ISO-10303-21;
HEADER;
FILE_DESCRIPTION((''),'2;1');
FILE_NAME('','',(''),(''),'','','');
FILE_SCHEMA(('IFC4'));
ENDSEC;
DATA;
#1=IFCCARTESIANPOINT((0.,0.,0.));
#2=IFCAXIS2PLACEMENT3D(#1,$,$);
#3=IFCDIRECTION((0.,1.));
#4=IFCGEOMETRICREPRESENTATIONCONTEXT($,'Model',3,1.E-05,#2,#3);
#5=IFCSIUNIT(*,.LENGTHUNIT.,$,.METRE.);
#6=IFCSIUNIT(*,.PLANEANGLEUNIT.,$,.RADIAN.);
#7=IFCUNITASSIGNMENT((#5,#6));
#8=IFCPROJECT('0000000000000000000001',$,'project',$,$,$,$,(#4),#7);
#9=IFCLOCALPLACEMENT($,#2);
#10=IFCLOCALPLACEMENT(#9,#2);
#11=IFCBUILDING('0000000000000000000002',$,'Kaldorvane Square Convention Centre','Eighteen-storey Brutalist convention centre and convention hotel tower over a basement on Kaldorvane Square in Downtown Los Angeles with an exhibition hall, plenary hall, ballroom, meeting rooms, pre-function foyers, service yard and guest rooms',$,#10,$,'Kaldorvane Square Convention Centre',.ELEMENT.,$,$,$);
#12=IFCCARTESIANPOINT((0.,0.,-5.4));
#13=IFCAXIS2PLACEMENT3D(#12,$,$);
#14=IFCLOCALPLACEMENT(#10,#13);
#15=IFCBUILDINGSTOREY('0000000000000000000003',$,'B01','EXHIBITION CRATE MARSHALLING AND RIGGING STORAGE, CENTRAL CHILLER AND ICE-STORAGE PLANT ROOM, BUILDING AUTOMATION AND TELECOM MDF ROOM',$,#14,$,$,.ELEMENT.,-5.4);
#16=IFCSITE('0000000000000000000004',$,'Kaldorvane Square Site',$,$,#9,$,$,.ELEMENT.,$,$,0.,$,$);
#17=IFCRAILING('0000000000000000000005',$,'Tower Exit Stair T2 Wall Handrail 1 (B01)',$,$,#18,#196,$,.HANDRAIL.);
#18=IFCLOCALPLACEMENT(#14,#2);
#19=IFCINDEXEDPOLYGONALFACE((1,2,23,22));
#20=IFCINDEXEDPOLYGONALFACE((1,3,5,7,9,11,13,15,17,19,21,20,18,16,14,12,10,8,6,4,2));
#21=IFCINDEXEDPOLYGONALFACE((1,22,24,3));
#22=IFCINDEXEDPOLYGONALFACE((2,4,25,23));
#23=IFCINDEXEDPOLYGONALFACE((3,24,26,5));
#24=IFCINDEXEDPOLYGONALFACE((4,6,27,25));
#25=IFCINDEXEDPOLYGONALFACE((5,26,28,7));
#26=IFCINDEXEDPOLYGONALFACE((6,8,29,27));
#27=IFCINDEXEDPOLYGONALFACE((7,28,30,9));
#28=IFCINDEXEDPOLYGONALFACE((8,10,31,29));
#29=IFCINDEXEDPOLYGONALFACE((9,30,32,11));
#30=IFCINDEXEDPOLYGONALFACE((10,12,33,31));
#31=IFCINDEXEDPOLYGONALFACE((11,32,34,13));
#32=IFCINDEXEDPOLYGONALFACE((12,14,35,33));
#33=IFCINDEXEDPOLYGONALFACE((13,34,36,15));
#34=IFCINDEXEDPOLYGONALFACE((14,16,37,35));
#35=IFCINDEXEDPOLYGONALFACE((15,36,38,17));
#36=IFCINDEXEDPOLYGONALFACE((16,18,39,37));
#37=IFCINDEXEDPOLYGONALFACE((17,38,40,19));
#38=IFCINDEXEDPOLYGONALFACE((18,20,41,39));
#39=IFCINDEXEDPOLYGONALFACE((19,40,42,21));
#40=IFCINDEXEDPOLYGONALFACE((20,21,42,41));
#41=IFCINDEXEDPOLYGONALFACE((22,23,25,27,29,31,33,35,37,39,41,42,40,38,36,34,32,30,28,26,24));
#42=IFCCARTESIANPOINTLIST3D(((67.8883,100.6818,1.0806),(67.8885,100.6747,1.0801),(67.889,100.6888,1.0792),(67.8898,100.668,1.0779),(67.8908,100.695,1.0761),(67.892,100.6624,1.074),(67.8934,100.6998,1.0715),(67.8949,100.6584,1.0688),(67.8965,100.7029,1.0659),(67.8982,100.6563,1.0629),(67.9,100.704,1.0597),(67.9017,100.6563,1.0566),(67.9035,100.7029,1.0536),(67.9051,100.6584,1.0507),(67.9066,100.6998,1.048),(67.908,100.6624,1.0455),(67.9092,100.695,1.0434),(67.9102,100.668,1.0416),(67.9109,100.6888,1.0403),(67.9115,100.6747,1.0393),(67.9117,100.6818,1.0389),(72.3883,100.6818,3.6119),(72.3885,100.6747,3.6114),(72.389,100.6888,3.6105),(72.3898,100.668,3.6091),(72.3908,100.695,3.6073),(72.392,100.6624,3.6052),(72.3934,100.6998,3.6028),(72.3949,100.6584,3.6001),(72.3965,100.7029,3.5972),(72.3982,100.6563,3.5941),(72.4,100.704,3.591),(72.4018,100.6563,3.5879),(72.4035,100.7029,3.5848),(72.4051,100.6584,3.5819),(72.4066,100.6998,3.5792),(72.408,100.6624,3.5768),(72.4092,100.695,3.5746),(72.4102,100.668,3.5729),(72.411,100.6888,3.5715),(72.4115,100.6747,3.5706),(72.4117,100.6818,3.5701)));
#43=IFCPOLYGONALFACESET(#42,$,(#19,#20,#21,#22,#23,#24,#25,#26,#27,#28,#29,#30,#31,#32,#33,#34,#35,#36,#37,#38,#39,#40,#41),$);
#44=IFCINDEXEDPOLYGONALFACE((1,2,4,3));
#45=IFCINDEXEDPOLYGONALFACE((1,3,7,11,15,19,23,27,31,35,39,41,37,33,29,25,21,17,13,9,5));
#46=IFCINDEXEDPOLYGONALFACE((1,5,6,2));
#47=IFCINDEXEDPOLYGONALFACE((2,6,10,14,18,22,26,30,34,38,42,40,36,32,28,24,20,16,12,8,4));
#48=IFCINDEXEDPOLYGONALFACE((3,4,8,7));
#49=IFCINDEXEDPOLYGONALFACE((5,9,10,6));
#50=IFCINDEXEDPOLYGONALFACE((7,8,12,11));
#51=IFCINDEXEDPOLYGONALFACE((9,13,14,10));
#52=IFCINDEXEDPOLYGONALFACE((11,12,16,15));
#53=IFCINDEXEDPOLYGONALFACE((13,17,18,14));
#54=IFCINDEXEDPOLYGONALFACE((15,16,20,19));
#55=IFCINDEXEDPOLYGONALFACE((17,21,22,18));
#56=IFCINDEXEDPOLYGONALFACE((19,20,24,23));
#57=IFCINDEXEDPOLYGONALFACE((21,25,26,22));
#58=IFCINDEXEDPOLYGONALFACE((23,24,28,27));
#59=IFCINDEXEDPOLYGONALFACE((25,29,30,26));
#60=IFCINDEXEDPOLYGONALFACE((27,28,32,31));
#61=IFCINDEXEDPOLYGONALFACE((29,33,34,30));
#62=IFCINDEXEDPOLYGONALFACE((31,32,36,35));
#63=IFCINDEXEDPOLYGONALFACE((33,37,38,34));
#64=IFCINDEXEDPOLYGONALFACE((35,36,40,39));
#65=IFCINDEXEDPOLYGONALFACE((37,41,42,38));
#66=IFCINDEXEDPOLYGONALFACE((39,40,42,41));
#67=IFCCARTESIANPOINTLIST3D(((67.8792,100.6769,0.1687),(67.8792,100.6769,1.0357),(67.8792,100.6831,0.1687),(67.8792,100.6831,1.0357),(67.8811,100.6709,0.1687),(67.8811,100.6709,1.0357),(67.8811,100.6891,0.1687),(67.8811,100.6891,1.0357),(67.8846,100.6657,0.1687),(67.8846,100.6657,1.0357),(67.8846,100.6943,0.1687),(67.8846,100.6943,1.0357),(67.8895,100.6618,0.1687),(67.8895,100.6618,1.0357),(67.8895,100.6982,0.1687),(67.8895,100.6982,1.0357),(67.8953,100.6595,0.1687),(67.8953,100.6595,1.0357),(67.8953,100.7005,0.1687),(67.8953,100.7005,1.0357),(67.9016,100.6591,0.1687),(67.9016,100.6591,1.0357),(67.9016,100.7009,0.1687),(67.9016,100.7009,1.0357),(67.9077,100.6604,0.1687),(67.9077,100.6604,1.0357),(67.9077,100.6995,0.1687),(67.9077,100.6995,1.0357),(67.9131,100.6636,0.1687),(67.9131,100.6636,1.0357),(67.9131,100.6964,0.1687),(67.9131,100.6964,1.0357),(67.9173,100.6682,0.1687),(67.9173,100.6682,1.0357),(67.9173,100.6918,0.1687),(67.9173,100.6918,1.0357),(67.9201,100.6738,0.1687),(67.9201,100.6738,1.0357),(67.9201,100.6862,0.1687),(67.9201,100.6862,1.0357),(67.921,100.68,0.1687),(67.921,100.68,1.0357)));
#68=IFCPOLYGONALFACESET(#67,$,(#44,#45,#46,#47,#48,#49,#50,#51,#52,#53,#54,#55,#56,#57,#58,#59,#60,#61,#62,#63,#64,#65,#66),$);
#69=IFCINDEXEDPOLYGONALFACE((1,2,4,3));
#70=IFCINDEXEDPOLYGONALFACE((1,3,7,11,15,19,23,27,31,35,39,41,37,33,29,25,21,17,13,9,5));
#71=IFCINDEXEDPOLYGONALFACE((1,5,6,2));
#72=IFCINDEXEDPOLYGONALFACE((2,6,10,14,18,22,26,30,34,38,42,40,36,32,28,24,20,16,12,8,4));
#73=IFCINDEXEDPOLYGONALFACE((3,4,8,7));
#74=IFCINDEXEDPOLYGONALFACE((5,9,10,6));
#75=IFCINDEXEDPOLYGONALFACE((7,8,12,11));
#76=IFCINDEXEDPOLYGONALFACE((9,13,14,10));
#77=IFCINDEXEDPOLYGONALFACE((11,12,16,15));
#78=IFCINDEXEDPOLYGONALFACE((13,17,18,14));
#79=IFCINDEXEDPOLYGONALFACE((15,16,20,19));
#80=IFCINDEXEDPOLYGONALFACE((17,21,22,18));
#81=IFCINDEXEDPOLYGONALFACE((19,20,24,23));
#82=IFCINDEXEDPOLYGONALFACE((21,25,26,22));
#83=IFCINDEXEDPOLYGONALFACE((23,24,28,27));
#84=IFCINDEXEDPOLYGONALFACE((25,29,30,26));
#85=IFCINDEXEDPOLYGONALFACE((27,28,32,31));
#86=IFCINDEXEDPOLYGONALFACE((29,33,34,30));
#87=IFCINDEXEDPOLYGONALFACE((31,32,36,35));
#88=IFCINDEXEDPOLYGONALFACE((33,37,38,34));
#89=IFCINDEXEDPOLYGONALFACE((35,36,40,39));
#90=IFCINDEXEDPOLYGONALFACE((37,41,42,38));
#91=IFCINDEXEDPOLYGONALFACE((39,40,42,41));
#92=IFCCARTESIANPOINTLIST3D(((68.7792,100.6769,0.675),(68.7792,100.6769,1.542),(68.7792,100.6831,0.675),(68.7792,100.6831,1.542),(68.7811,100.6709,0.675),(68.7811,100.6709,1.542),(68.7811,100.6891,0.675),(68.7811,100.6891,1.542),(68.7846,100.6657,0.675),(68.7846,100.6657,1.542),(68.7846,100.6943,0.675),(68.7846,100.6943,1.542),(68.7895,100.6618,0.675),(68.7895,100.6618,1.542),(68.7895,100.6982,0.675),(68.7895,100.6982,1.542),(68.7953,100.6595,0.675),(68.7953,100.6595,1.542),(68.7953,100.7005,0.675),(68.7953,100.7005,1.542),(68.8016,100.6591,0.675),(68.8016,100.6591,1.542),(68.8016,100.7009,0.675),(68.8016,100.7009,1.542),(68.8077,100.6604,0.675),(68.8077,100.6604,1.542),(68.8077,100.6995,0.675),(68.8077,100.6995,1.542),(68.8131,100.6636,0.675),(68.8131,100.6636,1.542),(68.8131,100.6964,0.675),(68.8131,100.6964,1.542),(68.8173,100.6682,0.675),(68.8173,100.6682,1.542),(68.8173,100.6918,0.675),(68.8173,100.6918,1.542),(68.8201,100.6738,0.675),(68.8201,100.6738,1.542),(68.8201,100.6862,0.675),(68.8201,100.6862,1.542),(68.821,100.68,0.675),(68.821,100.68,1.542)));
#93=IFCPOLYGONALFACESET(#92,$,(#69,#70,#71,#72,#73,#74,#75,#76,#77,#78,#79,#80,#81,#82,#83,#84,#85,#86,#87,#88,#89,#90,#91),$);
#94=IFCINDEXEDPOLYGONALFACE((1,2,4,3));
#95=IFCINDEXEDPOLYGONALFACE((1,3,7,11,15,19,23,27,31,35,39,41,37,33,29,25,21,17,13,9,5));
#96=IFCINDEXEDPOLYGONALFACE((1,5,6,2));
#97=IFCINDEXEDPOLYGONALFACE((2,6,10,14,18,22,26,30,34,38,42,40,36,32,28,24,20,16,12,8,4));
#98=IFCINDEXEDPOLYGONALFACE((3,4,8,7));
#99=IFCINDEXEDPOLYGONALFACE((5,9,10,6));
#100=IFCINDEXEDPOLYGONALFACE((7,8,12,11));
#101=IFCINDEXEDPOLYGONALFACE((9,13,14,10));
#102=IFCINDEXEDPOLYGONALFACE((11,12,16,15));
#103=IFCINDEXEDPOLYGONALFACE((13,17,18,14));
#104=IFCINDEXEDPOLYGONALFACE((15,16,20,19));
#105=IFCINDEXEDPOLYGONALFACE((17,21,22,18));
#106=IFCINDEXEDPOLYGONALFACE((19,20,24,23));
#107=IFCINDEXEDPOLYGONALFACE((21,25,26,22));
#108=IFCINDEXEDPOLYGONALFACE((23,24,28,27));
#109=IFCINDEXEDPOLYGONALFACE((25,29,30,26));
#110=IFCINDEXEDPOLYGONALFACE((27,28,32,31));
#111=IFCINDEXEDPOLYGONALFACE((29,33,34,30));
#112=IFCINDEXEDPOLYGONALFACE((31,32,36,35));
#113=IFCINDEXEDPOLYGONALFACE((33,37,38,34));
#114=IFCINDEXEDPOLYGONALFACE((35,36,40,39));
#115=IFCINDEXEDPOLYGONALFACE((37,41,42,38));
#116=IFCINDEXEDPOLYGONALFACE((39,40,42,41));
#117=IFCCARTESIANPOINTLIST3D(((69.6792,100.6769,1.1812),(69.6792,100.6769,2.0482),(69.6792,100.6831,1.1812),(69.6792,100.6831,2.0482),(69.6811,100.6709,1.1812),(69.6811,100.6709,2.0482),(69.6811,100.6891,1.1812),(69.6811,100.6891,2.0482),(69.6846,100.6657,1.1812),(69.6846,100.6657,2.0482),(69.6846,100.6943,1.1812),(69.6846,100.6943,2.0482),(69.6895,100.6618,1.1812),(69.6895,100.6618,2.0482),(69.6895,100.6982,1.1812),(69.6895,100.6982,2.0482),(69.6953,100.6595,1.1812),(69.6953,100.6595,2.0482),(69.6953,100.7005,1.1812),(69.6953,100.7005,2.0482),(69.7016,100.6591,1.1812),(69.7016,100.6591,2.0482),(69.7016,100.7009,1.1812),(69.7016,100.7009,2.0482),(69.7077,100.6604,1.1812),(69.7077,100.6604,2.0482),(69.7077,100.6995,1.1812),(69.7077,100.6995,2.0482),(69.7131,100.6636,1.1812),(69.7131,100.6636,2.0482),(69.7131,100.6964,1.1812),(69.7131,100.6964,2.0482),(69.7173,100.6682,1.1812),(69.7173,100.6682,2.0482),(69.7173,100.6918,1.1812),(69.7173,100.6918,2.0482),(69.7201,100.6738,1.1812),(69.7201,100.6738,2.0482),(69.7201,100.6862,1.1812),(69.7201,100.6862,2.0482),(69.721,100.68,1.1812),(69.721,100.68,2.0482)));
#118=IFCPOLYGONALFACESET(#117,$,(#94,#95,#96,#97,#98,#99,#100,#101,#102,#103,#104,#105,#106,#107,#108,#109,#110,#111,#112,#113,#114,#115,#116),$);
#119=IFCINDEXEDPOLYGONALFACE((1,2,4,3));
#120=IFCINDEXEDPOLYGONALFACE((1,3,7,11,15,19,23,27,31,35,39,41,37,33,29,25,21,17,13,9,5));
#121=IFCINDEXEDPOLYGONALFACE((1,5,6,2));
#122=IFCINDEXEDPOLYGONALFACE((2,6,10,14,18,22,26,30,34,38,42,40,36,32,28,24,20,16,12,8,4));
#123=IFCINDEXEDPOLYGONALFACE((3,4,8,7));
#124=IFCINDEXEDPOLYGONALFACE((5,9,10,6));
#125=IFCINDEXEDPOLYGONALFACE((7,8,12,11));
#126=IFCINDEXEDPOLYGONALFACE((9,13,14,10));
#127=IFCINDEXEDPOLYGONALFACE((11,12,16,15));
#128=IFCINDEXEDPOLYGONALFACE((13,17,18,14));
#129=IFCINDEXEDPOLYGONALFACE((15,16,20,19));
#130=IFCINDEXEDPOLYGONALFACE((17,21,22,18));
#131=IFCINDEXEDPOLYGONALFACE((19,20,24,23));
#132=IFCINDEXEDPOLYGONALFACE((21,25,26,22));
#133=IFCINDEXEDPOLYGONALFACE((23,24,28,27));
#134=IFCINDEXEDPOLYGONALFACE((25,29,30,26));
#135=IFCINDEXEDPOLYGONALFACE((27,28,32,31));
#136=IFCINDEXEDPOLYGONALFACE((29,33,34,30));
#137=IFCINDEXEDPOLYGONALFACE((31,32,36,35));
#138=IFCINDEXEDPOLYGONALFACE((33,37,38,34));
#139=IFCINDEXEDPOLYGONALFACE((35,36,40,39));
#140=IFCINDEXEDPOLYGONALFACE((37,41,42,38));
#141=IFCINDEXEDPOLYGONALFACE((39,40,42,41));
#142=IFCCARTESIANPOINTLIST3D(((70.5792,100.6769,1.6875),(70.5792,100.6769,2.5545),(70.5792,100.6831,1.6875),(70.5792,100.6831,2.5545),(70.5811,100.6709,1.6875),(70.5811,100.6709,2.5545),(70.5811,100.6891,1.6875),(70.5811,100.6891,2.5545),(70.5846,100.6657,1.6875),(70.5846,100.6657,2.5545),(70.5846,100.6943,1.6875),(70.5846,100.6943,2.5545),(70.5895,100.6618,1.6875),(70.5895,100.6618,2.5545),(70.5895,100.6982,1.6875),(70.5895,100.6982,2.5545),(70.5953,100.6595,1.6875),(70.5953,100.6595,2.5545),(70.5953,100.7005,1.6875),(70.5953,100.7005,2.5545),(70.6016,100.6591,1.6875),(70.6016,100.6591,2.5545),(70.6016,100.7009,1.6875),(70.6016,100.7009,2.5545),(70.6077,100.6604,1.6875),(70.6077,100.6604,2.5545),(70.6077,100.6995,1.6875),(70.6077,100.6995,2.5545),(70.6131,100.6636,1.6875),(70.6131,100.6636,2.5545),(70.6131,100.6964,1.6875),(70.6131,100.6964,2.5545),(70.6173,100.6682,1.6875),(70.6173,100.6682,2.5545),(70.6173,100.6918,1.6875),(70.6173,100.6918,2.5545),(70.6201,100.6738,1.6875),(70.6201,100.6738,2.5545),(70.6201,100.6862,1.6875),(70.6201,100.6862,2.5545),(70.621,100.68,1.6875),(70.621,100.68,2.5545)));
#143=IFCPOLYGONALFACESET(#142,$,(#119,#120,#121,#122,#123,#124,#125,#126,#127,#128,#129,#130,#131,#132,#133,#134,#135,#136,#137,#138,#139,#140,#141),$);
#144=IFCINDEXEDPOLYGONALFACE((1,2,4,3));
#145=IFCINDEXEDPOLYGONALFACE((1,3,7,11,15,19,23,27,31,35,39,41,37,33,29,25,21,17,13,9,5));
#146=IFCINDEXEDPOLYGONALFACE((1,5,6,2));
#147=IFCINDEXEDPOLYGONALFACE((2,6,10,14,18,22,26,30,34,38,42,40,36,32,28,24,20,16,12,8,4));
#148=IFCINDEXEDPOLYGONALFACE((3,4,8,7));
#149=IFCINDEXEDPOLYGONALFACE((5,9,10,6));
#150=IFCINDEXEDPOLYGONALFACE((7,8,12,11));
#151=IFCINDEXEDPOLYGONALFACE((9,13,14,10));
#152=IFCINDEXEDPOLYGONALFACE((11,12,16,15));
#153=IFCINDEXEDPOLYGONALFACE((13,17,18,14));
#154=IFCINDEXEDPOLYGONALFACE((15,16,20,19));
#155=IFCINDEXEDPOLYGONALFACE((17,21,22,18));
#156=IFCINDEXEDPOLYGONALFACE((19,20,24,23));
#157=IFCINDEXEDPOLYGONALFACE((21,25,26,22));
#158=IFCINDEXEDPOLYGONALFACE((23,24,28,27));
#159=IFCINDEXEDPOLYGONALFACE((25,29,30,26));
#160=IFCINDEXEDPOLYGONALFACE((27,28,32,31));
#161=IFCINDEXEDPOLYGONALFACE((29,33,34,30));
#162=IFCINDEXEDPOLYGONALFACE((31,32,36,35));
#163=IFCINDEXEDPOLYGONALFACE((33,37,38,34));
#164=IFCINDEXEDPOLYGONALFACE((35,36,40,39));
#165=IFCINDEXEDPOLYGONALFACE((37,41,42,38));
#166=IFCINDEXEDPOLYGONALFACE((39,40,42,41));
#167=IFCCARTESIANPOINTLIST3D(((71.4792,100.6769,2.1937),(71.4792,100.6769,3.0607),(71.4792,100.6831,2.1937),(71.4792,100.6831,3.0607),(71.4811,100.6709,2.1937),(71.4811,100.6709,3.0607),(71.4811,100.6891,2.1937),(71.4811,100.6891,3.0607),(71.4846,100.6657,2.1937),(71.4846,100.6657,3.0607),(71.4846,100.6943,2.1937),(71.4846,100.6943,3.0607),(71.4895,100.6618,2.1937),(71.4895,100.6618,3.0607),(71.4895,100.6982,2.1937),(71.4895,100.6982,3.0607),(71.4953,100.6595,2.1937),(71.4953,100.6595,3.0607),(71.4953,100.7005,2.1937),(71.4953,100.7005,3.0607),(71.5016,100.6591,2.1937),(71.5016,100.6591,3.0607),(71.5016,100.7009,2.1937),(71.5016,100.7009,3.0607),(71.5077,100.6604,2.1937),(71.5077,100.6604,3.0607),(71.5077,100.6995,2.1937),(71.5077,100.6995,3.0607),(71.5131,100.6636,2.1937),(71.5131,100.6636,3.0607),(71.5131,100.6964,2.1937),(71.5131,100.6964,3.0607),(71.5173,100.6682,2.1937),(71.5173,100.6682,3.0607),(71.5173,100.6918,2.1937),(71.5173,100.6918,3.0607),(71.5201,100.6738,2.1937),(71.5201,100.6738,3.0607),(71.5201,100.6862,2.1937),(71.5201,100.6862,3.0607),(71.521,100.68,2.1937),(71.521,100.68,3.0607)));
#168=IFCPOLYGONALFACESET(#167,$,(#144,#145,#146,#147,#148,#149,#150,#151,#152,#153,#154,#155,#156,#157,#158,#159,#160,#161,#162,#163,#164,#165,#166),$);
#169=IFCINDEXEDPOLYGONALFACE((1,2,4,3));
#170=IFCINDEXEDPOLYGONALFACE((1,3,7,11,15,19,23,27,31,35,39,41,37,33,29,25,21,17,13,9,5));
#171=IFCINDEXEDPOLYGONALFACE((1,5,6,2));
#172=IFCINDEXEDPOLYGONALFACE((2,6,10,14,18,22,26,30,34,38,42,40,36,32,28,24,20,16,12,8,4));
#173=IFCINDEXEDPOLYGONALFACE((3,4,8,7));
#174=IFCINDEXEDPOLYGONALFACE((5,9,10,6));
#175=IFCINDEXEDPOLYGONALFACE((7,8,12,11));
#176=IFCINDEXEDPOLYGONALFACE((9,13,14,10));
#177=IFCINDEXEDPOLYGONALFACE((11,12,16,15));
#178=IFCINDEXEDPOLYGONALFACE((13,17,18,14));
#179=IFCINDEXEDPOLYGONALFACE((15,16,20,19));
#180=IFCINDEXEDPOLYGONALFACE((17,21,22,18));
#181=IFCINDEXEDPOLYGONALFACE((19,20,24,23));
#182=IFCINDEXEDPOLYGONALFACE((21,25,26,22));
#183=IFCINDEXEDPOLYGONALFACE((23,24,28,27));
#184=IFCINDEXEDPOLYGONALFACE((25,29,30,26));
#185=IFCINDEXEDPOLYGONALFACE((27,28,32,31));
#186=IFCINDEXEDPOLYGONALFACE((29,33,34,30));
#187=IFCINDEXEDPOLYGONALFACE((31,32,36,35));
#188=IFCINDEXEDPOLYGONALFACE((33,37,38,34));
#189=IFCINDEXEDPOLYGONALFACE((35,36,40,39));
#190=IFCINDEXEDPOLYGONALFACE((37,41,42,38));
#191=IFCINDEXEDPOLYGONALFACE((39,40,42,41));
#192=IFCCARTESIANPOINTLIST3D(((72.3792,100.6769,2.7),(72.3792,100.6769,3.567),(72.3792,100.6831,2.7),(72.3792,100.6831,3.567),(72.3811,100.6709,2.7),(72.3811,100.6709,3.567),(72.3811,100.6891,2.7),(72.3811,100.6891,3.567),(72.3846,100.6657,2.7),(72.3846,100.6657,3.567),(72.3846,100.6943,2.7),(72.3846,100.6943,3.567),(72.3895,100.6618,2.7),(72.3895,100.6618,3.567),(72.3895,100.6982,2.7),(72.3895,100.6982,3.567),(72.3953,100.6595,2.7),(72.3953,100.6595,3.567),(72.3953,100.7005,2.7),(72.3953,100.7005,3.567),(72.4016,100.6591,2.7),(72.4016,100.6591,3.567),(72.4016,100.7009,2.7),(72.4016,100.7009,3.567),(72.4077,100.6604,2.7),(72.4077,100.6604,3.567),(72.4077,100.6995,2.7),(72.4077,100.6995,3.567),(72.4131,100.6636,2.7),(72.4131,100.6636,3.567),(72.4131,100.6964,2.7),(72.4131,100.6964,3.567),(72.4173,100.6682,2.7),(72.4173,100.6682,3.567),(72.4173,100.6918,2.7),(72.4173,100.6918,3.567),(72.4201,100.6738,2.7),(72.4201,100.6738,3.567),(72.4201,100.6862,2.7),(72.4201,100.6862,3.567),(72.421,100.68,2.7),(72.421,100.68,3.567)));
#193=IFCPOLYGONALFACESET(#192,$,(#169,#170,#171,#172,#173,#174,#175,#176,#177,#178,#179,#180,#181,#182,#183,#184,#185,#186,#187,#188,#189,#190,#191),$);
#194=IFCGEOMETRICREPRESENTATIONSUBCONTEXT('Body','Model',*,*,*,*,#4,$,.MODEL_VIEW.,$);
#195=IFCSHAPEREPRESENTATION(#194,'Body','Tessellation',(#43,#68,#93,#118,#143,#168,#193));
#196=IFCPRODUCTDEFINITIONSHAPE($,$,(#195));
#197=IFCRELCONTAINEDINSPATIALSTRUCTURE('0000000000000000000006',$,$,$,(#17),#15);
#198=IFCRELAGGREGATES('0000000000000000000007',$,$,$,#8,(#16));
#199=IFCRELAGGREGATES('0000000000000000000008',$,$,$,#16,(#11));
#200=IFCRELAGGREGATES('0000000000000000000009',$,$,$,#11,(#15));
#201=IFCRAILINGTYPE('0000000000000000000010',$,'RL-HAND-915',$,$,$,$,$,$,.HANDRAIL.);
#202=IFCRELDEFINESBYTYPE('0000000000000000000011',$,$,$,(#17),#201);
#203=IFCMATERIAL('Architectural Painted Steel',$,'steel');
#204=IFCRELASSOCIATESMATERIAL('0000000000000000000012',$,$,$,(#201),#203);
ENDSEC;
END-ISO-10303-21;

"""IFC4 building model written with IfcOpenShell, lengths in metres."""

from ifc_helpers import new_model, si_unit, direction, frame, origin, origin_2d, place, context, subcontext, project, spatial, circle, extrude, material, type_object, element, save


model = new_model("IFC4")

# Units and contexts
model_context = context("Model", 3, precision=1e-05, world=origin(), true_north=direction((0.0, 1.0)))
body_context = subcontext(model_context, "Body", "Model", "MODEL_VIEW")
ifc_project = project(units=[si_unit("LENGTHUNIT", "METRE"), si_unit("PLANEANGLEUNIT", "RADIAN")], contexts=[model_context])

# Site, building, storey
site_placement = place(None, origin())
site = spatial("IfcSite", under=ifc_project, at=site_placement, Name="Kaldorvane Square Site", CompositionType="ELEMENT", RefElevation=0.0)
building_placement = place(site_placement, origin())
building = spatial("IfcBuilding", under=site, at=building_placement, Name="Kaldorvane Square Convention Centre", Description="Eighteen-storey Brutalist convention centre and convention hotel tower over a basement on Kaldorvane Square in Downtown Los Angeles with an exhibition hall, plenary hall, ballroom, meeting rooms, pre-function foyers, service yard and guest rooms", LongName="Kaldorvane Square Convention Centre", CompositionType="ELEMENT")
storey_placement = place(building_placement, frame((0.0, 0.0, -5.4)))
storey = spatial("IfcBuildingStorey", under=building, at=storey_placement, Name="B01", Description="EXHIBITION CRATE MARSHALLING AND RIGGING STORAGE, CENTRAL CHILLER AND ICE-STORAGE PLANT ROOM, BUILDING AUTOMATION AND TELECOM MDF ROOM", CompositionType="ELEMENT", Elevation=-5.4)

# Railing
ifc_material_1 = material(Name="Architectural Painted Steel", Category="steel")
railing_type_1 = type_object("IfcRailingType", Name="RL-HAND-915", PredefinedType="HANDRAIL", material=ifc_material_1)
railing_1_placement = place(storey_placement, frame((67.9, 100.68, 0.1687)))
element("IfcRailing", 1, at=railing_1_placement, inside=storey, type_object=railing_type_1, Name="Tower Exit Stair T2 Wall Handrail 1 (B01)", PredefinedType="HANDRAIL", context=body_context, shape_type="SweptSolid", body=[
    extrude(circle(Radius=0.024, at=origin_2d()), frame((0.0, 0.0, 0.891), z_axis=(0.871576, 0.0, 0.490261), x_axis=(0.0, 1.0, 0.0)), (0.0, 0.0, 1.0), 5.1631),
    extrude(circle(Radius=0.021, at=origin_2d()), origin(), (0.0, 0.0, 1.0), 0.867),
    extrude(circle(Radius=0.021, at=origin_2d()), frame((0.9, 0.0, 0.5063)), (0.0, 0.0, 1.0), 0.867),
    extrude(circle(Radius=0.021, at=origin_2d()), frame((1.8, 0.0, 1.0125)), (0.0, 0.0, 1.0), 0.867),
    extrude(circle(Radius=0.021, at=origin_2d()), frame((2.7, 0.0, 1.5188)), (0.0, 0.0, 1.0), 0.867),
    extrude(circle(Radius=0.021, at=origin_2d()), frame((3.6, 0.0, 2.025)), (0.0, 0.0, 1.0), 0.867),
    extrude(circle(Radius=0.021, at=origin_2d()), frame((4.5, 0.0, 2.5312)), (0.0, 0.0, 1.0), 0.867),
])

save(model, "model.ifc")
